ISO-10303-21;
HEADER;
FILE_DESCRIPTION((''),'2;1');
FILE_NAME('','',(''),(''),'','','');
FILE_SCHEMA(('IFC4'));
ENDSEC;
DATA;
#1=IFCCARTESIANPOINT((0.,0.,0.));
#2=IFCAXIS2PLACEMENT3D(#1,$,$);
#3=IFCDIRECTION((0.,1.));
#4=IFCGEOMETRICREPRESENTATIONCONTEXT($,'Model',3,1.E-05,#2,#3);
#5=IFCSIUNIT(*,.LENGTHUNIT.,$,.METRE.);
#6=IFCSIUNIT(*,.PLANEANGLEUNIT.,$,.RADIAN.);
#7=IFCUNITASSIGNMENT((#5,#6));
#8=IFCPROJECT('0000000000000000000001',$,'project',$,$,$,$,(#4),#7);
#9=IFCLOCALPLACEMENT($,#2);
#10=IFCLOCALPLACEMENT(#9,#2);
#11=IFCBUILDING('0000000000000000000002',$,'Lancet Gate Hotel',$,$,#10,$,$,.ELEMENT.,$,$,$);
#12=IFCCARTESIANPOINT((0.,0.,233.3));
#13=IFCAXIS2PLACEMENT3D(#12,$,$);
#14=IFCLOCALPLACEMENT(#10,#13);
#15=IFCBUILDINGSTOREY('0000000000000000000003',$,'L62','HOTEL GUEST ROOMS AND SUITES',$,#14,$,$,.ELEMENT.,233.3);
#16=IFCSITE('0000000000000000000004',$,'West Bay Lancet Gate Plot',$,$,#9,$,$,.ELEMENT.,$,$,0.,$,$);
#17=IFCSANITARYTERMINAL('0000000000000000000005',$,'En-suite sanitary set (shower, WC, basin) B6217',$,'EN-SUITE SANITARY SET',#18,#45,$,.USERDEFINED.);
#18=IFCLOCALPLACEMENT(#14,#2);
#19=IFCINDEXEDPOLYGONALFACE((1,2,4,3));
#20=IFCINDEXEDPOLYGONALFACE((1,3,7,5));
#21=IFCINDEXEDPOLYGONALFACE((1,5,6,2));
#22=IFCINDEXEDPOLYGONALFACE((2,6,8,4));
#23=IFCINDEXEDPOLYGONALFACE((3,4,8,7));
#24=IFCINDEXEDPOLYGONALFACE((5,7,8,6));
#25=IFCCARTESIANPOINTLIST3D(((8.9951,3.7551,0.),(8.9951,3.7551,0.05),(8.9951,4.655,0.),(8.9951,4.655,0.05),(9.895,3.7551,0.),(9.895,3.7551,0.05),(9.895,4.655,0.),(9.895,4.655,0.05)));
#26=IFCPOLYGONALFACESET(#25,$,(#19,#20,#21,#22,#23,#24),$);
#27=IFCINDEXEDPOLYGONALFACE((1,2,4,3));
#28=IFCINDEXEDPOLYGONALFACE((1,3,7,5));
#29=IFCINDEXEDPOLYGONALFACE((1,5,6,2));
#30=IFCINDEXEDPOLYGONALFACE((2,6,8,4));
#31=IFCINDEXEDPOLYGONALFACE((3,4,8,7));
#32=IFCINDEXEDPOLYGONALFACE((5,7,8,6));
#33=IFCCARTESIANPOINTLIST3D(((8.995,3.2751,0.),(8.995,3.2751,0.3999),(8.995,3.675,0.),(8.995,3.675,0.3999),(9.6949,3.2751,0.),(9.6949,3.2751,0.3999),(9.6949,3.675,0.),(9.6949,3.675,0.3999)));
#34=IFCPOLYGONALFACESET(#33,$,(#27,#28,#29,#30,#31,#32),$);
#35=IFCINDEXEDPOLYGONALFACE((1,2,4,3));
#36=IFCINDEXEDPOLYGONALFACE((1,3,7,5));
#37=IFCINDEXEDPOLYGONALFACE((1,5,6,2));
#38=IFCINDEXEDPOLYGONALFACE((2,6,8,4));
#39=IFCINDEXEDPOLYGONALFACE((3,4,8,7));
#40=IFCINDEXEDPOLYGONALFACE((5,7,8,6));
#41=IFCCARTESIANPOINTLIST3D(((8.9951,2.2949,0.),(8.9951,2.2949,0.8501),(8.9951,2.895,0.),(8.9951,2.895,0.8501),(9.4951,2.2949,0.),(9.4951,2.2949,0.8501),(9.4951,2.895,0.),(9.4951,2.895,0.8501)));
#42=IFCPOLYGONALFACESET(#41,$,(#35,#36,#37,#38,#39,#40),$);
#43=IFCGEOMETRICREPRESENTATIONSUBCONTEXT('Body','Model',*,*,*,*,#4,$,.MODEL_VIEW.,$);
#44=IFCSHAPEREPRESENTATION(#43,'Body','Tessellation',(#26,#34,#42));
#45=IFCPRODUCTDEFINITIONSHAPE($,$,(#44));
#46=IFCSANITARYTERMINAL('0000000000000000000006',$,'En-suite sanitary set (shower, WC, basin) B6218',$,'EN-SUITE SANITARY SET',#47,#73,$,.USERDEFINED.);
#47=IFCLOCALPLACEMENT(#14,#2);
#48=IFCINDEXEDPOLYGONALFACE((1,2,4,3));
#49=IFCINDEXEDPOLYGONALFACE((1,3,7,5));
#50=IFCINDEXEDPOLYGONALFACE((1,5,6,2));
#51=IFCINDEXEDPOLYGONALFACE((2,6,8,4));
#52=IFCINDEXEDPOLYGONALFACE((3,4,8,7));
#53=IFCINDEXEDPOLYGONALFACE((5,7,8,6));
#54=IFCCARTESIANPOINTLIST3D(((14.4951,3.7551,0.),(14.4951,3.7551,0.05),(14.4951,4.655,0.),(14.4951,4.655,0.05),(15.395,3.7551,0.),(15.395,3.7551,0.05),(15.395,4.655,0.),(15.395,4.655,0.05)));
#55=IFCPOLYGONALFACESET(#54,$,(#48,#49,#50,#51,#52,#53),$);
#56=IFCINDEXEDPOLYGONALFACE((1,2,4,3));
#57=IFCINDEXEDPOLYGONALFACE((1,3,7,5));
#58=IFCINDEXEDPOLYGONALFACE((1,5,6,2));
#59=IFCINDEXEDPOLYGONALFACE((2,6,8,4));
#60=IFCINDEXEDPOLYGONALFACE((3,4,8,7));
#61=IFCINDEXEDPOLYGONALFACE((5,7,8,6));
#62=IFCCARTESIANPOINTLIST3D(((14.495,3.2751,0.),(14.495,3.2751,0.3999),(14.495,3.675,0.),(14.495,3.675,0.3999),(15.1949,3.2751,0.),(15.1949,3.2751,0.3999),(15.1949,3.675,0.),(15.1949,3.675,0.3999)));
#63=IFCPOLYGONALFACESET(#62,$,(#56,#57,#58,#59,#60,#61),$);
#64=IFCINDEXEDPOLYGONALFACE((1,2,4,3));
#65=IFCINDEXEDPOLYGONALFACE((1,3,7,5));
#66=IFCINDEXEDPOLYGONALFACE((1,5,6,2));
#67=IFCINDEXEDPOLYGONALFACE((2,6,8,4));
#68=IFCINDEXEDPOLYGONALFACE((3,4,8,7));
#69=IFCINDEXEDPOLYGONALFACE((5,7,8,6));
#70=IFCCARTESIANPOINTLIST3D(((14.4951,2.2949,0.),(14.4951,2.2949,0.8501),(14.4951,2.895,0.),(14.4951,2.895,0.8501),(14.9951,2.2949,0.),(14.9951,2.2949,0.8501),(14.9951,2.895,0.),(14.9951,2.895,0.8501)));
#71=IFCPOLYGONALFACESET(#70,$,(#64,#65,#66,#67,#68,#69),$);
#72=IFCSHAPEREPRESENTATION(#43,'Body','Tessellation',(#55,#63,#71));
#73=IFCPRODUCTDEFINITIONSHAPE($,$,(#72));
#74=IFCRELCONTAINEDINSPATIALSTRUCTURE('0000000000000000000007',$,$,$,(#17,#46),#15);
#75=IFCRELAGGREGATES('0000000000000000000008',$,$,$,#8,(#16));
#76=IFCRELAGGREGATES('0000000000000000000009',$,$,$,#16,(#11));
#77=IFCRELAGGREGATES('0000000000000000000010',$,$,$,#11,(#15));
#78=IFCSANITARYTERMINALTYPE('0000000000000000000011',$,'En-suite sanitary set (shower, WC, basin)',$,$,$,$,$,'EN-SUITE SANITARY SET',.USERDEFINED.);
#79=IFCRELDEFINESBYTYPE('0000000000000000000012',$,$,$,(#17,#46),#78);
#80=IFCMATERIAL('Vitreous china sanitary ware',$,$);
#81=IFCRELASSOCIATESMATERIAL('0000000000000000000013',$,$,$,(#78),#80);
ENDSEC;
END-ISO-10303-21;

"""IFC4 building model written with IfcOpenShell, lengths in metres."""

from ifc_helpers import new_model, si_unit, direction, frame, origin, origin_2d, place, context, subcontext, project, spatial, rectangle, extrude, material, type_object, element, save


model = new_model("IFC4")

# Units and contexts
model_context = context("Model", 3, precision=1e-05, world=origin(), true_north=direction((0.0, 1.0)))
body_context = subcontext(model_context, "Body", "Model", "MODEL_VIEW")
ifc_project = project(units=[si_unit("LENGTHUNIT", "METRE"), si_unit("PLANEANGLEUNIT", "RADIAN")], contexts=[model_context])

# Site, building, storey
site_placement = place(None, origin())
site = spatial("IfcSite", under=ifc_project, at=site_placement, Name="West Bay Lancet Gate Plot", CompositionType="ELEMENT", RefElevation=0.0)
building_placement = place(site_placement, origin())
building = spatial("IfcBuilding", under=site, at=building_placement, Name="Lancet Gate Hotel", CompositionType="ELEMENT")
storey_placement = place(building_placement, frame((0.0, 0.0, 233.3)))
storey = spatial("IfcBuildingStorey", under=building, at=storey_placement, Name="L62", Description="HOTEL GUEST ROOMS AND SUITES", CompositionType="ELEMENT", Elevation=233.3)

# Sanitary terminals
ifc_material_1 = material(Name="Vitreous china sanitary ware")
sanitary_terminal_type = type_object("IfcSanitaryTerminalType", Name="En-suite sanitary set (shower, WC, basin)", ElementType="EN-SUITE SANITARY SET", PredefinedType="USERDEFINED", material=ifc_material_1)
for number, where, z_axis, x_axis, name in (
    (1, (9.4451, 4.2051, 0.0), (0.0, 0.0, 1.0), (1.0, 0.0, 0.0), "En-suite sanitary set (shower, WC, basin) B6217"),
    (2, (14.9451, 4.2051, 0.0), (0.0, 0.0, 1.0), (1.0, 0.0, 0.0), "En-suite sanitary set (shower, WC, basin) B6218"),
):
    element("IfcSanitaryTerminal", number, at=place(storey_placement, frame(where, z_axis=z_axis, x_axis=x_axis)), inside=storey, type_object=sanitary_terminal_type, Name=name, ObjectType="EN-SUITE SANITARY SET", PredefinedType="USERDEFINED", context=body_context, shape_type="SweptSolid", body=[
        extrude(rectangle(XDim=0.8999, YDim=0.8999, at=origin_2d()), frame((0.0, 0.0, 0.0), z_axis=(0.0, 0.0, 1.0), x_axis=(0.0, 1.0, 0.0)), (0.0, 0.0, 1.0), 0.05),
        extrude(rectangle(XDim=0.3999, YDim=0.7, at=origin_2d()), frame((-0.1001, -0.73, 0.0), z_axis=(0.0, 0.0, 1.0), x_axis=(0.0, 1.0, 0.0)), (0.0, 0.0, 1.0), 0.3999),
        extrude(rectangle(XDim=0.6001, YDim=0.5, at=origin_2d()), frame((-0.2, -1.6101, 0.0), z_axis=(0.0, 0.0, 1.0), x_axis=(0.0, 1.0, 0.0)), (0.0, 0.0, 1.0), 0.8501),
    ])

save(model, "model.ifc")
